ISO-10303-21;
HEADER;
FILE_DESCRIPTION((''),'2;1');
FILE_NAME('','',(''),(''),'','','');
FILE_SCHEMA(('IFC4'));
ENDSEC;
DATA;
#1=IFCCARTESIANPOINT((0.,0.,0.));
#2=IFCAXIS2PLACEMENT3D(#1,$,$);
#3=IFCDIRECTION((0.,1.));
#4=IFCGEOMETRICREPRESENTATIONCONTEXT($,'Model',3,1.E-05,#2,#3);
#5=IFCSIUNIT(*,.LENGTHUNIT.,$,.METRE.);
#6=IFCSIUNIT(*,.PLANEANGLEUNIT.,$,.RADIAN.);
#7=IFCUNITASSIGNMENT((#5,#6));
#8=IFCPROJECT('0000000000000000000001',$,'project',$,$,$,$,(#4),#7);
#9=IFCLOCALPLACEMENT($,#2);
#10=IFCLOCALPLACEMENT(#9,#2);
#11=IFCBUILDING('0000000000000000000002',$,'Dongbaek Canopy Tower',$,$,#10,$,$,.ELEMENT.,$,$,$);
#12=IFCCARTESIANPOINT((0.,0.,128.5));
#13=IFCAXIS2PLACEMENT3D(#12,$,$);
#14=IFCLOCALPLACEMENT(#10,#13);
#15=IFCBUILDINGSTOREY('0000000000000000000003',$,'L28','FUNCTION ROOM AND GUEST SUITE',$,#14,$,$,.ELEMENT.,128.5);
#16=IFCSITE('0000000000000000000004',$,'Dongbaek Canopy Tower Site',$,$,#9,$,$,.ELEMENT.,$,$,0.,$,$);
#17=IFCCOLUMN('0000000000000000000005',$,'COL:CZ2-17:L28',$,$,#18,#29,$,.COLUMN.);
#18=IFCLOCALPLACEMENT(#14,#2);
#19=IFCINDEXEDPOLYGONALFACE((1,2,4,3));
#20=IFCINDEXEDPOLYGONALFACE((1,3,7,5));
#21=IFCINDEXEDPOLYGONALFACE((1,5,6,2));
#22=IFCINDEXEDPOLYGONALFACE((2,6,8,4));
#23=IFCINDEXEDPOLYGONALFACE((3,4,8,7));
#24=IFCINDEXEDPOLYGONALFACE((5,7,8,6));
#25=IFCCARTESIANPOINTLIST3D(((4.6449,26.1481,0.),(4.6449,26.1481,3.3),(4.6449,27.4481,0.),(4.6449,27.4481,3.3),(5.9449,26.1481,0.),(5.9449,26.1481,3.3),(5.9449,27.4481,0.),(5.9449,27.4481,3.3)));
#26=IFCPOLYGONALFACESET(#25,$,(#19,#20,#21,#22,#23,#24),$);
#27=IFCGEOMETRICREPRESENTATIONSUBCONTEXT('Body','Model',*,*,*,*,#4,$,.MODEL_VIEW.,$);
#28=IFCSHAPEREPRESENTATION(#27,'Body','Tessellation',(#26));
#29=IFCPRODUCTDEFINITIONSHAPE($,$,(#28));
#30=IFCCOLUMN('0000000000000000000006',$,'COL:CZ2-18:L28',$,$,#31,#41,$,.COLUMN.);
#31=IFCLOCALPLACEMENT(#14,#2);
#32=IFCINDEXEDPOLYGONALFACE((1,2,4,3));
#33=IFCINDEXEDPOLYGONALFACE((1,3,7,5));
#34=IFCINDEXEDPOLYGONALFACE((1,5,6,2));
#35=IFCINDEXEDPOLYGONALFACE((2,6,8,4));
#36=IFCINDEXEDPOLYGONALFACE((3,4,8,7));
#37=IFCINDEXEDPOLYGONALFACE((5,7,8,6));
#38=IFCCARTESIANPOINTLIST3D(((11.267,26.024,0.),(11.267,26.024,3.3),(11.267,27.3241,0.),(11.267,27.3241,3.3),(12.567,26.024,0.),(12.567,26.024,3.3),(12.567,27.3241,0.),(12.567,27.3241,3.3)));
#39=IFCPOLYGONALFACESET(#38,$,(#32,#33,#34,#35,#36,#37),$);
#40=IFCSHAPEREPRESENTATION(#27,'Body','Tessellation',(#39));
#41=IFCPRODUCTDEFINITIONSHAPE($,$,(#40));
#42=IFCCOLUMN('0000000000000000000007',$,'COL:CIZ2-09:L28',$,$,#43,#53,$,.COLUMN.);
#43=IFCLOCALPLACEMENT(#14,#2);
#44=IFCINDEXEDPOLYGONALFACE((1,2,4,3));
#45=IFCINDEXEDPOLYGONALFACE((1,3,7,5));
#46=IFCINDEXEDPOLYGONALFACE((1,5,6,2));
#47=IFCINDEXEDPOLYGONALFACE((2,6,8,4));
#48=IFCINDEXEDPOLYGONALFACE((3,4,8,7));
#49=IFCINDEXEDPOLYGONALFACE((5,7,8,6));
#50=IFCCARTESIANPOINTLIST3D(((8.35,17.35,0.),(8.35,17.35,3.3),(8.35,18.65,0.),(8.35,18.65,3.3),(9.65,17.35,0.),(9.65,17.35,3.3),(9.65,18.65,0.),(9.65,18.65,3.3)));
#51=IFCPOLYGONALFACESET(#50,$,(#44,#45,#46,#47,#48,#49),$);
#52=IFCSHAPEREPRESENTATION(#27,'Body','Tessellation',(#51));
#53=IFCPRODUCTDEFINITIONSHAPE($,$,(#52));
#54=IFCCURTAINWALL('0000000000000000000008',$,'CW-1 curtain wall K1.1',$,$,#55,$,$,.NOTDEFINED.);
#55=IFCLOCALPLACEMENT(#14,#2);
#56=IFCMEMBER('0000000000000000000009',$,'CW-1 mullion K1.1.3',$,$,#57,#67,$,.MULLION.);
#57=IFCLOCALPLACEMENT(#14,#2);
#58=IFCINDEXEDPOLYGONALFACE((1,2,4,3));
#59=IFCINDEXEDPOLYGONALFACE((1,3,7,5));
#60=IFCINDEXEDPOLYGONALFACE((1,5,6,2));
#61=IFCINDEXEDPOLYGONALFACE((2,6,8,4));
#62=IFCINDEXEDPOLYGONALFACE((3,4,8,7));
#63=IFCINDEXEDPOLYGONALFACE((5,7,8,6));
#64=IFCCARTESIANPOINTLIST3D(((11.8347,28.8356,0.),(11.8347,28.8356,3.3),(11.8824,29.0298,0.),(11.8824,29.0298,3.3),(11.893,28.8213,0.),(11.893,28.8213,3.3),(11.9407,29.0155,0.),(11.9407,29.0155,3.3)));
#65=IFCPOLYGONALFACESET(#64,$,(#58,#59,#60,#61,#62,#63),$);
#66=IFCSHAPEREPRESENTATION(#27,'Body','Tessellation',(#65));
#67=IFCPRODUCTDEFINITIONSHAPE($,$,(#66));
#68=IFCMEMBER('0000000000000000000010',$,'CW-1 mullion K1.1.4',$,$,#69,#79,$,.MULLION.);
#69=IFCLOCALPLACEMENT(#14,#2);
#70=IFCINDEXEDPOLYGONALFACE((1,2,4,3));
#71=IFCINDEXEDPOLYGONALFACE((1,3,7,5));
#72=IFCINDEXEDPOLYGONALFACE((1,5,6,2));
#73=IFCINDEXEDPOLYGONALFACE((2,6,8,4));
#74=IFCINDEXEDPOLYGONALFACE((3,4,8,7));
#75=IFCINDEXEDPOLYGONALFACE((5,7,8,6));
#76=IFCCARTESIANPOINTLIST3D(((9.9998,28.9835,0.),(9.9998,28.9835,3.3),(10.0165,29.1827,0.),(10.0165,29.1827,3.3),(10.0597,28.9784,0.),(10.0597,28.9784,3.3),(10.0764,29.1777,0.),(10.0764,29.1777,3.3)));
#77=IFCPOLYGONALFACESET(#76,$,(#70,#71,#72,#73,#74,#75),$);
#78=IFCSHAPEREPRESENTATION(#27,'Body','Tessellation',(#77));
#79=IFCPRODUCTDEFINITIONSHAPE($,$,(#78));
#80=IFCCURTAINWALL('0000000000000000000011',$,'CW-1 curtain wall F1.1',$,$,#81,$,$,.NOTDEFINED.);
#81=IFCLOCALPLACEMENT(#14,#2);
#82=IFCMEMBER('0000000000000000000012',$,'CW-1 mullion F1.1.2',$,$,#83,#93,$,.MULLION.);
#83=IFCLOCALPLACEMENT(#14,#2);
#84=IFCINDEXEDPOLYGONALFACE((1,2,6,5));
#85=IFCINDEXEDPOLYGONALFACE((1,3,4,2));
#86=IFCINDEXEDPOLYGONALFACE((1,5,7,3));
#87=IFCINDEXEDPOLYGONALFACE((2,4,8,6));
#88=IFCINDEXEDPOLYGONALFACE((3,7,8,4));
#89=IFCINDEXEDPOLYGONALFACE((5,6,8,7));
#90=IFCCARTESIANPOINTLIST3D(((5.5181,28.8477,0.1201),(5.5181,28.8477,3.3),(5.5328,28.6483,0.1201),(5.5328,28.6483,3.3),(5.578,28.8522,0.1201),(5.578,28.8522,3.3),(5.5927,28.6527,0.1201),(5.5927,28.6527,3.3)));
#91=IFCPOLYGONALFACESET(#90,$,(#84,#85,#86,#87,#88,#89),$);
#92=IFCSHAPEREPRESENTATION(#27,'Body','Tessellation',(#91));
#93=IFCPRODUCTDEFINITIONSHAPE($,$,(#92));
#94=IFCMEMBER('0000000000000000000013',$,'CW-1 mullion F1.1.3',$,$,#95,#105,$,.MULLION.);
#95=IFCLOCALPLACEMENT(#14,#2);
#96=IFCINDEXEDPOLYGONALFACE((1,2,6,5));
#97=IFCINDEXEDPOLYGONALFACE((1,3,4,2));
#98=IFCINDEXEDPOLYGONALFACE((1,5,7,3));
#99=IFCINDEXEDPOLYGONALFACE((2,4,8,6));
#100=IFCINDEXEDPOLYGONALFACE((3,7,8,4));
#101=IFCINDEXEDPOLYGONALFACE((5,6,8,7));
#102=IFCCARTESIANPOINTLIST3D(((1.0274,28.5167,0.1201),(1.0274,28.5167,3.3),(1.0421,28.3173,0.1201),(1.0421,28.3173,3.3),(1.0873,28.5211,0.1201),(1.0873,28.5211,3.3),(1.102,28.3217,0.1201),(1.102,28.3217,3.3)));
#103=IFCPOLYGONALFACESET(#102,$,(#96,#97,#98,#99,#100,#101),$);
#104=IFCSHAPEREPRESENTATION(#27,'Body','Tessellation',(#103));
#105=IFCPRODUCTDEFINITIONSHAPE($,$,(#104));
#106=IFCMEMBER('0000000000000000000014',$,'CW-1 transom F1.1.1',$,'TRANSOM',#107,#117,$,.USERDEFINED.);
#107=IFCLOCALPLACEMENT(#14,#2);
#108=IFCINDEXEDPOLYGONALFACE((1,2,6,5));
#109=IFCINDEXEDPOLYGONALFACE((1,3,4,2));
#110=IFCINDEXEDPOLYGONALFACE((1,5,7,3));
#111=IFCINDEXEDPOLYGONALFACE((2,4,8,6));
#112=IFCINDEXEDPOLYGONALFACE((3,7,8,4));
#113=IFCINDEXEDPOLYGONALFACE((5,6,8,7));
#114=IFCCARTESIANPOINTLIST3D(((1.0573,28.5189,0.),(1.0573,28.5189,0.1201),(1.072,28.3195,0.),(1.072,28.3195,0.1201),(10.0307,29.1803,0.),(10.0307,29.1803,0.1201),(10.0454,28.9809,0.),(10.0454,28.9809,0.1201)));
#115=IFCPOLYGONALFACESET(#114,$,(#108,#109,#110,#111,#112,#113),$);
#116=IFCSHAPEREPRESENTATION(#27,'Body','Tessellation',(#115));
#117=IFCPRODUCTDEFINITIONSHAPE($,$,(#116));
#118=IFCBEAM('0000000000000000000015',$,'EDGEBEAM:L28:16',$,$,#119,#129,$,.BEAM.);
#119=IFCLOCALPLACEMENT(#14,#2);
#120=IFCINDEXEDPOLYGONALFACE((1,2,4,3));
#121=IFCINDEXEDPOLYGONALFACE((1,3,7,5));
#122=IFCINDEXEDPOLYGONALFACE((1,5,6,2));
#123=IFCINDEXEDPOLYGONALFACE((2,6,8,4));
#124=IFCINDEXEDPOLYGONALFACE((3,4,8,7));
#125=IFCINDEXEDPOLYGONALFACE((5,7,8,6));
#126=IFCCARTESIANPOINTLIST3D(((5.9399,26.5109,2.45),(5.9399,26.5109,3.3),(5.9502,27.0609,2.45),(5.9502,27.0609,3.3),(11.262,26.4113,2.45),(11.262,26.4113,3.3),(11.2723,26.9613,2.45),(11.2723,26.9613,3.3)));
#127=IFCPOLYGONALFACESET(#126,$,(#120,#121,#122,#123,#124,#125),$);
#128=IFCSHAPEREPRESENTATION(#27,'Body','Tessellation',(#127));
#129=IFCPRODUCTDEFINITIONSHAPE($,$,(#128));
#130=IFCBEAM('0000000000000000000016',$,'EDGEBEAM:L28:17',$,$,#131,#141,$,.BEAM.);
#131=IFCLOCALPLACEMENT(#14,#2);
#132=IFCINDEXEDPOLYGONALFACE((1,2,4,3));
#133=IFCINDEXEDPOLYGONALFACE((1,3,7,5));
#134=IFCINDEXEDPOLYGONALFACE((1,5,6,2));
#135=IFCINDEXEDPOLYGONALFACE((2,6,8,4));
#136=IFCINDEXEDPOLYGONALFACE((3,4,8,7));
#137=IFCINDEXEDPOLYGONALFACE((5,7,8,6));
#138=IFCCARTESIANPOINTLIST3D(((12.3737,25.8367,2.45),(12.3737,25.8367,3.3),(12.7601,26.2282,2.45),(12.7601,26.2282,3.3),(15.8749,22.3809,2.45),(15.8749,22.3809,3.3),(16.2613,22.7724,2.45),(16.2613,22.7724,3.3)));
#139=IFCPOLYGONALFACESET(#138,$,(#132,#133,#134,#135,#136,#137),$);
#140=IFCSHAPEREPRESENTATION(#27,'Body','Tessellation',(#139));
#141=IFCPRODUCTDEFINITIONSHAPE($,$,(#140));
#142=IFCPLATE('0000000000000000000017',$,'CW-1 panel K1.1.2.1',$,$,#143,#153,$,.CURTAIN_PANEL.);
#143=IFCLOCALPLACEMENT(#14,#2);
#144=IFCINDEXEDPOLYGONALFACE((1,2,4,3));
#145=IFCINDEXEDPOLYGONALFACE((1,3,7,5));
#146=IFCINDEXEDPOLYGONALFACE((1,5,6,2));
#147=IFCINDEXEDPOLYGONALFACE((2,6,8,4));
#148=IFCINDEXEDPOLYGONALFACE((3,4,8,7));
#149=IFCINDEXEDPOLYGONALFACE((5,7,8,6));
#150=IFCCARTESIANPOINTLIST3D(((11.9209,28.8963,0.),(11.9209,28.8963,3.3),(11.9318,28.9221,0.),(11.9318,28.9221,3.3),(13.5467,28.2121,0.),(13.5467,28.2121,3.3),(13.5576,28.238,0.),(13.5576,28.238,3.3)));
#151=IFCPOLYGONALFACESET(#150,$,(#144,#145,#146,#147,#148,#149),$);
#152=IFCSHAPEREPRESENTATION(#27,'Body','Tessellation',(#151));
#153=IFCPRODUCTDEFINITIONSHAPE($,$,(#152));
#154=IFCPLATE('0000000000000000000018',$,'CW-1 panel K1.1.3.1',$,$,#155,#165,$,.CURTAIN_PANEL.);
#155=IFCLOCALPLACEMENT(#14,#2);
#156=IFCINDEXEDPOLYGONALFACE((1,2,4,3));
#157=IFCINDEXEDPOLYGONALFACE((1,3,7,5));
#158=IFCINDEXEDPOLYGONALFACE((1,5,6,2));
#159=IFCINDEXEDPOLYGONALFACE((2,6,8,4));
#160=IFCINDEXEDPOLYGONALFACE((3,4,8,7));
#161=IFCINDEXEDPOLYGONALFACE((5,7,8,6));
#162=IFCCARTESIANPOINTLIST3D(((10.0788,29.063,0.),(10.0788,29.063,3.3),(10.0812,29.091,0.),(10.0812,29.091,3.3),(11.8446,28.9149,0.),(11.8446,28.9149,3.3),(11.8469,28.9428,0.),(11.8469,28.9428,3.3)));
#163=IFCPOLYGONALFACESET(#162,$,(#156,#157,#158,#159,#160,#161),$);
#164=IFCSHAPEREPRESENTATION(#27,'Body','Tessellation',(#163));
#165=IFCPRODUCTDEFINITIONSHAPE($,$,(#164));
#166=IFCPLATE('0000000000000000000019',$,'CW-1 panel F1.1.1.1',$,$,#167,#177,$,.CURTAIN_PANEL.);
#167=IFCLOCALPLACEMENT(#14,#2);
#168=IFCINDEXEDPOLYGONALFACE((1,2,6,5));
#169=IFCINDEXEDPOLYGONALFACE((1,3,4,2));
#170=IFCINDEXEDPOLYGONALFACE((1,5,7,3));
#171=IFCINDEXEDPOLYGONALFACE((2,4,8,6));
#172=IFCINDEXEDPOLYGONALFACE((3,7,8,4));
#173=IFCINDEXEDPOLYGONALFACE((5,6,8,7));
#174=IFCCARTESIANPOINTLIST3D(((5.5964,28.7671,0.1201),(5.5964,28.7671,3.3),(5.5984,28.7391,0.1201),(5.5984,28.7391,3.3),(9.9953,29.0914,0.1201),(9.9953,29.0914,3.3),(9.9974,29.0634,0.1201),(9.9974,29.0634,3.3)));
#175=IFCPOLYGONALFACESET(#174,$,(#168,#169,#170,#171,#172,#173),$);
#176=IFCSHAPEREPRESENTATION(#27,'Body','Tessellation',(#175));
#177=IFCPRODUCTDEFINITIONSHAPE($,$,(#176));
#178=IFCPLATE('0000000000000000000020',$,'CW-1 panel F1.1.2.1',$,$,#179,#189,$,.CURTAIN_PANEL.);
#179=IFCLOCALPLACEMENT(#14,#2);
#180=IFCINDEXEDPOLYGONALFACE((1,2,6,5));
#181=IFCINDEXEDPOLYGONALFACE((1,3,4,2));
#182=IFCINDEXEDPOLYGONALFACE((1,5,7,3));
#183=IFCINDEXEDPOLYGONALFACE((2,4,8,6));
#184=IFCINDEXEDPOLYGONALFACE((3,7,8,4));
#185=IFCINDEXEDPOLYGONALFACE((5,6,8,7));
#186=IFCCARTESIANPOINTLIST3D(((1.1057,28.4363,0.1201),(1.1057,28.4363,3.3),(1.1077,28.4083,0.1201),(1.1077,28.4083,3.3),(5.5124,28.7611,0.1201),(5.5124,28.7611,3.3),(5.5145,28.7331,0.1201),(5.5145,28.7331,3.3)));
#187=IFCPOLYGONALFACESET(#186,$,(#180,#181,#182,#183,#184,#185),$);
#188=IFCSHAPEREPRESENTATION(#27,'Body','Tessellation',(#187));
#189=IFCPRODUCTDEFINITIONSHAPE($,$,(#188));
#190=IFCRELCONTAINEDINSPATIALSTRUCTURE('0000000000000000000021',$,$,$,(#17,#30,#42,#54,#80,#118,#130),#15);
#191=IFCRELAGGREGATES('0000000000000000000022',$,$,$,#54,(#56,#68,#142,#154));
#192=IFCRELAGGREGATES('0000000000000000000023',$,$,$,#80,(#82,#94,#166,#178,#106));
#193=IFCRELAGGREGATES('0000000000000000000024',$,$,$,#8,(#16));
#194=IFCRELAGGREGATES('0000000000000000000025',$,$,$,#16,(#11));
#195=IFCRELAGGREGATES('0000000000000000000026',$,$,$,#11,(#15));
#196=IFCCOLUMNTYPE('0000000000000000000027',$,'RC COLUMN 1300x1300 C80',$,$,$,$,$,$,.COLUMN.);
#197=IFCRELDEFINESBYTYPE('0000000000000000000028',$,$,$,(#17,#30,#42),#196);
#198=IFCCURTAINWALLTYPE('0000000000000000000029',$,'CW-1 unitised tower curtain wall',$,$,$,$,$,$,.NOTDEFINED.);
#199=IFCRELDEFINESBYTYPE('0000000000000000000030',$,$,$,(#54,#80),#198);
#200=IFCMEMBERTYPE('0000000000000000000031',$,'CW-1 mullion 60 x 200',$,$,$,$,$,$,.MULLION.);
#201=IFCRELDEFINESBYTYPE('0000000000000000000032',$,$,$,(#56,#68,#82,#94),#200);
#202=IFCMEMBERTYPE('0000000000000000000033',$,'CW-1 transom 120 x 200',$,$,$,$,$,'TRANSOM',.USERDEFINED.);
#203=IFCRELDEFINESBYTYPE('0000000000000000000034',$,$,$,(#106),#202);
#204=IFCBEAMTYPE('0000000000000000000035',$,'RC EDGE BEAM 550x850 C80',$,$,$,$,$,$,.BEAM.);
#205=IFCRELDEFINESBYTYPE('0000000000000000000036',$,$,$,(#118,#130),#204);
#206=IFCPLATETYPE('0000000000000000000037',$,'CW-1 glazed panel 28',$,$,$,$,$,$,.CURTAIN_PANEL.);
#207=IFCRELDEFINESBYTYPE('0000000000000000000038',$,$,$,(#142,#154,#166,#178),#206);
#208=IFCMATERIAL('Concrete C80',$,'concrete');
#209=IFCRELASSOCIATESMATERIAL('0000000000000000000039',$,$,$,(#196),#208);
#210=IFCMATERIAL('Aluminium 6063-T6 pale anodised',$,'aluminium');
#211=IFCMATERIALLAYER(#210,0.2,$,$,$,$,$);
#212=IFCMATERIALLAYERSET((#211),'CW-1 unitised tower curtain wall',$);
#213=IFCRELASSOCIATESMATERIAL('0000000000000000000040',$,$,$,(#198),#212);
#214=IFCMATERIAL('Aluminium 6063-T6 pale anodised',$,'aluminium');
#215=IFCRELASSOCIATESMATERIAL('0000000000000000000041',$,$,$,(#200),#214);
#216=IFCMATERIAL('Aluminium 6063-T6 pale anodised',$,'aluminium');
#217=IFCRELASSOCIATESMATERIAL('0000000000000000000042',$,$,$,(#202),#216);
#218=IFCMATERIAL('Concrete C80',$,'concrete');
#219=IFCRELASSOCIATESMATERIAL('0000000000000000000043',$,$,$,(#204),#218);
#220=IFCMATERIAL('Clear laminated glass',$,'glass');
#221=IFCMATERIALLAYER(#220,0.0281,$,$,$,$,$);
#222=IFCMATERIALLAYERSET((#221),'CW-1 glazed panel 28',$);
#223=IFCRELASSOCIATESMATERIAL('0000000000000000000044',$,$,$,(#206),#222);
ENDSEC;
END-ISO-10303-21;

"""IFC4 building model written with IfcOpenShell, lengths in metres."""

from ifc_helpers import new_model, si_unit, direction, frame, origin, origin_2d, place, context, subcontext, project, spatial, rectangle, extrude, material, layer, layer_set, material_profile, profile_set, type_object, element, aggregate, save


model = new_model("IFC4")

# Units and contexts
model_context = context("Model", 3, precision=1e-05, world=origin(), true_north=direction((0.0, 1.0)))
body_context = subcontext(model_context, "Body", "Model", "MODEL_VIEW")
ifc_project = project(units=[si_unit("LENGTHUNIT", "METRE"), si_unit("PLANEANGLEUNIT", "RADIAN")], contexts=[model_context])

# Site, building, storey
site_placement = place(None, origin())
site = spatial("IfcSite", under=ifc_project, at=site_placement, Name="Dongbaek Canopy Tower Site", CompositionType="ELEMENT", RefElevation=0.0)
building_placement = place(site_placement, origin())
building = spatial("IfcBuilding", under=site, at=building_placement, Name="Dongbaek Canopy Tower", CompositionType="ELEMENT")
storey_placement = place(building_placement, frame((0.0, 0.0, 128.5)))
storey = spatial("IfcBuildingStorey", under=building, at=storey_placement, Name="L28", Description="FUNCTION ROOM AND GUEST SUITE", CompositionType="ELEMENT", Elevation=128.5)

# Columns
ifc_material_1 = material(Name="Concrete C80", Category="concrete")
ifc_material_profile_1 = material_profile(ifc_material_1, rectangle(XDim=1.3, YDim=1.3, at=origin_2d()), Name="RC COLUMN 1300x1300 C80")
ifc_profile_set_1 = profile_set([ifc_material_profile_1], Name="Concrete C80")
column_type = type_object("IfcColumnType", Name="RC COLUMN 1300x1300 C80", PredefinedType="COLUMN", material=ifc_profile_set_1)
for number, where, z_axis, x_axis, name in (
    (1, (5.2949, 26.7981, 0.0), (0.0, 0.0, 1.0), (1.0, 0.0, 0.0), "COL:CZ2-17:L28"),
    (2, (11.917, 26.6741, 0.0), (0.0, 0.0, 1.0), (1.0, 0.0, 0.0), "COL:CZ2-18:L28"),
    (3, (9.0, 18.0, 0.0), (0.0, 0.0, 1.0), (1.0, 0.0, 0.0), "COL:CIZ2-09:L28"),
):
    element("IfcColumn", number, at=place(storey_placement, frame(where, z_axis=z_axis, x_axis=x_axis)), inside=storey, type_object=column_type, Name=name, PredefinedType="COLUMN", context=body_context, shape_type="SweptSolid", body=[
        extrude(rectangle(XDim=1.3, YDim=1.3, at=origin_2d()), origin(), (0.0, 0.0, 1.0), 3.3),
    ])

# Curtain walls, members
ifc_material_2 = material(Name="Aluminium 6063-T6 pale anodised", Category="aluminium")
ifc_layer_1 = layer(ifc_material_2, 0.2)
ifc_layer_set_1 = layer_set([ifc_layer_1], Name="CW-1 unitised tower curtain wall")
curtain_wall_type = type_object("IfcCurtainWallType", Name="CW-1 unitised tower curtain wall", PredefinedType="NOTDEFINED", material=ifc_layer_set_1)
curtain_wall_1_placement = place(storey_placement, origin())
curtain_wall_1 = element("IfcCurtainWall", 4, at=curtain_wall_1_placement, inside=storey, type_object=curtain_wall_type, Name="CW-1 curtain wall K1.1", PredefinedType="NOTDEFINED")
ifc_material_3 = material(Name="Aluminium 6063-T6 pale anodised", Category="aluminium")
ifc_material_profile_2 = material_profile(ifc_material_3, rectangle(XDim=0.2, YDim=0.0601, at=origin_2d()), Name="CW-1 mullion 60 x 200")
ifc_profile_set_2 = profile_set([ifc_material_profile_2], Name="Aluminium 6063-T6 pale anodised")
member_type_1 = type_object("IfcMemberType", Name="CW-1 mullion 60 x 200", PredefinedType="MULLION", material=ifc_profile_set_2)
member_1_placement = place(storey_placement, frame((11.8877, 28.9255, 0.0), z_axis=(0.0, 0.0, 1.0), x_axis=(0.238674, 0.9711, 0.0)))
member_1 = element("IfcMember", 5, at=member_1_placement, type_object=member_type_1, Name="CW-1 mullion K1.1.3", PredefinedType="MULLION", context=body_context, shape_type="SweptSolid", body=[
    extrude(rectangle(XDim=0.2, YDim=0.0601, at=origin_2d()), origin(), (0.0, 0.0, 1.0), 3.3),
])
member_2_placement = place(storey_placement, frame((10.0381, 29.0806, 0.0), z_axis=(0.0, 0.0, 1.0), x_axis=(0.08361, 0.996499, 0.0)))
member_2 = element("IfcMember", 6, at=member_2_placement, type_object=member_type_1, Name="CW-1 mullion K1.1.4", PredefinedType="MULLION", context=body_context, shape_type="SweptSolid", body=[
    extrude(rectangle(XDim=0.2, YDim=0.0601, at=origin_2d()), origin(), (0.0, 0.0, 1.0), 3.3),
])
curtain_wall_2_placement = place(storey_placement, origin())
curtain_wall_2 = element("IfcCurtainWall", 7, at=curtain_wall_2_placement, inside=storey, type_object=curtain_wall_type, Name="CW-1 curtain wall F1.1", PredefinedType="NOTDEFINED")
member_3_placement = place(storey_placement, frame((5.5554, 28.7502, 0.1201), z_axis=(0.0, 0.0, 1.0), x_axis=(-0.073519, 0.997294, 0.0)))
member_3 = element("IfcMember", 8, at=member_3_placement, type_object=member_type_1, Name="CW-1 mullion F1.1.2", PredefinedType="MULLION", context=body_context, shape_type="SweptSolid", body=[
    extrude(rectangle(XDim=0.2, YDim=0.0601, at=origin_2d()), origin(), (0.0, 0.0, 1.0), 3.1799),
])
member_4_placement = place(storey_placement, frame((1.0647, 28.4192, 0.1201), z_axis=(0.0, 0.0, 1.0), x_axis=(-0.073519, 0.997294, 0.0)))
member_4 = element("IfcMember", 9, at=member_4_placement, type_object=member_type_1, Name="CW-1 mullion F1.1.3", PredefinedType="MULLION", context=body_context, shape_type="SweptSolid", body=[
    extrude(rectangle(XDim=0.2, YDim=0.0601, at=origin_2d()), origin(), (0.0, 0.0, 1.0), 3.1799),
])
ifc_material_4 = material(Name="Aluminium 6063-T6 pale anodised", Category="aluminium")
ifc_material_profile_3 = material_profile(ifc_material_4, rectangle(XDim=0.2, YDim=0.1201, at=origin_2d()), Name="CW-1 transom 120 x 200")
ifc_profile_set_3 = profile_set([ifc_material_profile_3], Name="Aluminium 6063-T6 pale anodised")
member_type_2 = type_object("IfcMemberType", Name="CW-1 transom 120 x 200", ElementType="TRANSOM", PredefinedType="USERDEFINED", material=ifc_profile_set_3)
member_5_placement = place(storey_placement, frame((10.0381, 29.0806, 0.0601), z_axis=(-0.997295, -0.073505, 0.0), x_axis=(0.073505, -0.997295, 0.0)))
member_5 = element("IfcMember", 10, at=member_5_placement, type_object=member_type_2, Name="CW-1 transom F1.1.1", ObjectType="TRANSOM", PredefinedType="USERDEFINED", context=body_context, shape_type="SweptSolid", body=[
    extrude(rectangle(XDim=0.2, YDim=0.1201, at=origin_2d()), origin(), (0.0, 0.0, 1.0), 8.9978),
])

# Beams
ifc_material_5 = material(Name="Concrete C80", Category="concrete")
ifc_material_profile_4 = material_profile(ifc_material_5, rectangle(XDim=0.55, YDim=0.8501, at=origin_2d()), Name="RC EDGE BEAM 550x850 C80")
ifc_profile_set_4 = profile_set([ifc_material_profile_4], Name="Concrete C80")
beam_type = type_object("IfcBeamType", Name="RC EDGE BEAM 550x850 C80", PredefinedType="BEAM", material=ifc_profile_set_4)
beam_1_placement = place(storey_placement, frame((5.9451, 26.7859, 2.875), z_axis=(0.999825, -0.018713, 0.0), x_axis=(0.018713, 0.999825, 0.0)))
element("IfcBeam", 11, at=beam_1_placement, inside=storey, type_object=beam_type, Name="EDGEBEAM:L28:16", PredefinedType="BEAM", context=body_context, shape_type="SweptSolid", body=[
    extrude(rectangle(XDim=0.55, YDim=0.8501, at=origin_2d()), origin(), (0.0, 0.0, 1.0), 5.323),
])
beam_2_placement = place(storey_placement, frame((12.5669, 26.0325, 2.875), z_axis=(0.711707, -0.702476, 0.0), x_axis=(0.702476, 0.711707, 0.0)))
element("IfcBeam", 12, at=beam_2_placement, inside=storey, type_object=beam_type, Name="EDGEBEAM:L28:17", PredefinedType="BEAM", context=body_context, shape_type="SweptSolid", body=[
    extrude(rectangle(XDim=0.55, YDim=0.8501, at=origin_2d()), origin(), (0.0, 0.0, 1.0), 4.9194),
])

# Plates
ifc_material_6 = material(Name="Clear laminated glass", Category="glass")
ifc_layer_2 = layer(ifc_material_6, 0.0281)
ifc_layer_set_2 = layer_set([ifc_layer_2], Name="CW-1 glazed panel 28")
plate_type = type_object("IfcPlateType", Name="CW-1 glazed panel 28", PredefinedType="CURTAIN_PANEL", material=ifc_layer_set_2)
plate_1_placement = place(storey_placement, frame((12.7393, 28.5671, 0.0), z_axis=(0.0, 0.0, 1.0), x_axis=(-0.921724, 0.387845, 0.0)))
plate_1 = element("IfcPlate", 13, at=plate_1_placement, type_object=plate_type, Name="CW-1 panel K1.1.2.1", PredefinedType="CURTAIN_PANEL", context=body_context, shape_type="SweptSolid", body=[
    extrude(rectangle(XDim=1.7639, YDim=0.0281, at=origin_2d()), origin(), (0.0, 0.0, 1.0), 3.3),
])
plate_2_placement = place(storey_placement, frame((10.9629, 29.0029, 0.0), z_axis=(0.0, 0.0, 1.0), x_axis=(-0.996499, 0.08361, 0.0)))
plate_2 = element("IfcPlate", 14, at=plate_2_placement, type_object=plate_type, Name="CW-1 panel K1.1.3.1", PredefinedType="CURTAIN_PANEL", context=body_context, shape_type="SweptSolid", body=[
    extrude(rectangle(XDim=1.772, YDim=0.0281, at=origin_2d()), origin(), (0.0, 0.0, 1.0), 3.3),
])
aggregate(curtain_wall_1, [member_1, member_2, plate_1, plate_2])
plate_3_placement = place(storey_placement, frame((7.7969, 28.9153, 0.1201), z_axis=(0.0, 0.0, 1.0), x_axis=(-0.997294, -0.073519, 0.0)))
plate_3 = element("IfcPlate", 15, at=plate_3_placement, type_object=plate_type, Name="CW-1 panel F1.1.1.1", PredefinedType="CURTAIN_PANEL", context=body_context, shape_type="SweptSolid", body=[
    extrude(rectangle(XDim=4.4109, YDim=0.0281, at=origin_2d()), origin(), (0.0, 0.0, 1.0), 3.1799),
])
plate_4_placement = place(storey_placement, frame((3.3101, 28.5847, 0.1201), z_axis=(0.0, 0.0, 1.0), x_axis=(-0.997294, -0.073519, 0.0)))
plate_4 = element("IfcPlate", 16, at=plate_4_placement, type_object=plate_type, Name="CW-1 panel F1.1.2.1", PredefinedType="CURTAIN_PANEL", context=body_context, shape_type="SweptSolid", body=[
    extrude(rectangle(XDim=4.4187, YDim=0.0281, at=origin_2d()), origin(), (0.0, 0.0, 1.0), 3.1799),
])

aggregate(curtain_wall_2, [member_3, member_4, plate_3, plate_4, member_5])

save(model, "model.ifc")
